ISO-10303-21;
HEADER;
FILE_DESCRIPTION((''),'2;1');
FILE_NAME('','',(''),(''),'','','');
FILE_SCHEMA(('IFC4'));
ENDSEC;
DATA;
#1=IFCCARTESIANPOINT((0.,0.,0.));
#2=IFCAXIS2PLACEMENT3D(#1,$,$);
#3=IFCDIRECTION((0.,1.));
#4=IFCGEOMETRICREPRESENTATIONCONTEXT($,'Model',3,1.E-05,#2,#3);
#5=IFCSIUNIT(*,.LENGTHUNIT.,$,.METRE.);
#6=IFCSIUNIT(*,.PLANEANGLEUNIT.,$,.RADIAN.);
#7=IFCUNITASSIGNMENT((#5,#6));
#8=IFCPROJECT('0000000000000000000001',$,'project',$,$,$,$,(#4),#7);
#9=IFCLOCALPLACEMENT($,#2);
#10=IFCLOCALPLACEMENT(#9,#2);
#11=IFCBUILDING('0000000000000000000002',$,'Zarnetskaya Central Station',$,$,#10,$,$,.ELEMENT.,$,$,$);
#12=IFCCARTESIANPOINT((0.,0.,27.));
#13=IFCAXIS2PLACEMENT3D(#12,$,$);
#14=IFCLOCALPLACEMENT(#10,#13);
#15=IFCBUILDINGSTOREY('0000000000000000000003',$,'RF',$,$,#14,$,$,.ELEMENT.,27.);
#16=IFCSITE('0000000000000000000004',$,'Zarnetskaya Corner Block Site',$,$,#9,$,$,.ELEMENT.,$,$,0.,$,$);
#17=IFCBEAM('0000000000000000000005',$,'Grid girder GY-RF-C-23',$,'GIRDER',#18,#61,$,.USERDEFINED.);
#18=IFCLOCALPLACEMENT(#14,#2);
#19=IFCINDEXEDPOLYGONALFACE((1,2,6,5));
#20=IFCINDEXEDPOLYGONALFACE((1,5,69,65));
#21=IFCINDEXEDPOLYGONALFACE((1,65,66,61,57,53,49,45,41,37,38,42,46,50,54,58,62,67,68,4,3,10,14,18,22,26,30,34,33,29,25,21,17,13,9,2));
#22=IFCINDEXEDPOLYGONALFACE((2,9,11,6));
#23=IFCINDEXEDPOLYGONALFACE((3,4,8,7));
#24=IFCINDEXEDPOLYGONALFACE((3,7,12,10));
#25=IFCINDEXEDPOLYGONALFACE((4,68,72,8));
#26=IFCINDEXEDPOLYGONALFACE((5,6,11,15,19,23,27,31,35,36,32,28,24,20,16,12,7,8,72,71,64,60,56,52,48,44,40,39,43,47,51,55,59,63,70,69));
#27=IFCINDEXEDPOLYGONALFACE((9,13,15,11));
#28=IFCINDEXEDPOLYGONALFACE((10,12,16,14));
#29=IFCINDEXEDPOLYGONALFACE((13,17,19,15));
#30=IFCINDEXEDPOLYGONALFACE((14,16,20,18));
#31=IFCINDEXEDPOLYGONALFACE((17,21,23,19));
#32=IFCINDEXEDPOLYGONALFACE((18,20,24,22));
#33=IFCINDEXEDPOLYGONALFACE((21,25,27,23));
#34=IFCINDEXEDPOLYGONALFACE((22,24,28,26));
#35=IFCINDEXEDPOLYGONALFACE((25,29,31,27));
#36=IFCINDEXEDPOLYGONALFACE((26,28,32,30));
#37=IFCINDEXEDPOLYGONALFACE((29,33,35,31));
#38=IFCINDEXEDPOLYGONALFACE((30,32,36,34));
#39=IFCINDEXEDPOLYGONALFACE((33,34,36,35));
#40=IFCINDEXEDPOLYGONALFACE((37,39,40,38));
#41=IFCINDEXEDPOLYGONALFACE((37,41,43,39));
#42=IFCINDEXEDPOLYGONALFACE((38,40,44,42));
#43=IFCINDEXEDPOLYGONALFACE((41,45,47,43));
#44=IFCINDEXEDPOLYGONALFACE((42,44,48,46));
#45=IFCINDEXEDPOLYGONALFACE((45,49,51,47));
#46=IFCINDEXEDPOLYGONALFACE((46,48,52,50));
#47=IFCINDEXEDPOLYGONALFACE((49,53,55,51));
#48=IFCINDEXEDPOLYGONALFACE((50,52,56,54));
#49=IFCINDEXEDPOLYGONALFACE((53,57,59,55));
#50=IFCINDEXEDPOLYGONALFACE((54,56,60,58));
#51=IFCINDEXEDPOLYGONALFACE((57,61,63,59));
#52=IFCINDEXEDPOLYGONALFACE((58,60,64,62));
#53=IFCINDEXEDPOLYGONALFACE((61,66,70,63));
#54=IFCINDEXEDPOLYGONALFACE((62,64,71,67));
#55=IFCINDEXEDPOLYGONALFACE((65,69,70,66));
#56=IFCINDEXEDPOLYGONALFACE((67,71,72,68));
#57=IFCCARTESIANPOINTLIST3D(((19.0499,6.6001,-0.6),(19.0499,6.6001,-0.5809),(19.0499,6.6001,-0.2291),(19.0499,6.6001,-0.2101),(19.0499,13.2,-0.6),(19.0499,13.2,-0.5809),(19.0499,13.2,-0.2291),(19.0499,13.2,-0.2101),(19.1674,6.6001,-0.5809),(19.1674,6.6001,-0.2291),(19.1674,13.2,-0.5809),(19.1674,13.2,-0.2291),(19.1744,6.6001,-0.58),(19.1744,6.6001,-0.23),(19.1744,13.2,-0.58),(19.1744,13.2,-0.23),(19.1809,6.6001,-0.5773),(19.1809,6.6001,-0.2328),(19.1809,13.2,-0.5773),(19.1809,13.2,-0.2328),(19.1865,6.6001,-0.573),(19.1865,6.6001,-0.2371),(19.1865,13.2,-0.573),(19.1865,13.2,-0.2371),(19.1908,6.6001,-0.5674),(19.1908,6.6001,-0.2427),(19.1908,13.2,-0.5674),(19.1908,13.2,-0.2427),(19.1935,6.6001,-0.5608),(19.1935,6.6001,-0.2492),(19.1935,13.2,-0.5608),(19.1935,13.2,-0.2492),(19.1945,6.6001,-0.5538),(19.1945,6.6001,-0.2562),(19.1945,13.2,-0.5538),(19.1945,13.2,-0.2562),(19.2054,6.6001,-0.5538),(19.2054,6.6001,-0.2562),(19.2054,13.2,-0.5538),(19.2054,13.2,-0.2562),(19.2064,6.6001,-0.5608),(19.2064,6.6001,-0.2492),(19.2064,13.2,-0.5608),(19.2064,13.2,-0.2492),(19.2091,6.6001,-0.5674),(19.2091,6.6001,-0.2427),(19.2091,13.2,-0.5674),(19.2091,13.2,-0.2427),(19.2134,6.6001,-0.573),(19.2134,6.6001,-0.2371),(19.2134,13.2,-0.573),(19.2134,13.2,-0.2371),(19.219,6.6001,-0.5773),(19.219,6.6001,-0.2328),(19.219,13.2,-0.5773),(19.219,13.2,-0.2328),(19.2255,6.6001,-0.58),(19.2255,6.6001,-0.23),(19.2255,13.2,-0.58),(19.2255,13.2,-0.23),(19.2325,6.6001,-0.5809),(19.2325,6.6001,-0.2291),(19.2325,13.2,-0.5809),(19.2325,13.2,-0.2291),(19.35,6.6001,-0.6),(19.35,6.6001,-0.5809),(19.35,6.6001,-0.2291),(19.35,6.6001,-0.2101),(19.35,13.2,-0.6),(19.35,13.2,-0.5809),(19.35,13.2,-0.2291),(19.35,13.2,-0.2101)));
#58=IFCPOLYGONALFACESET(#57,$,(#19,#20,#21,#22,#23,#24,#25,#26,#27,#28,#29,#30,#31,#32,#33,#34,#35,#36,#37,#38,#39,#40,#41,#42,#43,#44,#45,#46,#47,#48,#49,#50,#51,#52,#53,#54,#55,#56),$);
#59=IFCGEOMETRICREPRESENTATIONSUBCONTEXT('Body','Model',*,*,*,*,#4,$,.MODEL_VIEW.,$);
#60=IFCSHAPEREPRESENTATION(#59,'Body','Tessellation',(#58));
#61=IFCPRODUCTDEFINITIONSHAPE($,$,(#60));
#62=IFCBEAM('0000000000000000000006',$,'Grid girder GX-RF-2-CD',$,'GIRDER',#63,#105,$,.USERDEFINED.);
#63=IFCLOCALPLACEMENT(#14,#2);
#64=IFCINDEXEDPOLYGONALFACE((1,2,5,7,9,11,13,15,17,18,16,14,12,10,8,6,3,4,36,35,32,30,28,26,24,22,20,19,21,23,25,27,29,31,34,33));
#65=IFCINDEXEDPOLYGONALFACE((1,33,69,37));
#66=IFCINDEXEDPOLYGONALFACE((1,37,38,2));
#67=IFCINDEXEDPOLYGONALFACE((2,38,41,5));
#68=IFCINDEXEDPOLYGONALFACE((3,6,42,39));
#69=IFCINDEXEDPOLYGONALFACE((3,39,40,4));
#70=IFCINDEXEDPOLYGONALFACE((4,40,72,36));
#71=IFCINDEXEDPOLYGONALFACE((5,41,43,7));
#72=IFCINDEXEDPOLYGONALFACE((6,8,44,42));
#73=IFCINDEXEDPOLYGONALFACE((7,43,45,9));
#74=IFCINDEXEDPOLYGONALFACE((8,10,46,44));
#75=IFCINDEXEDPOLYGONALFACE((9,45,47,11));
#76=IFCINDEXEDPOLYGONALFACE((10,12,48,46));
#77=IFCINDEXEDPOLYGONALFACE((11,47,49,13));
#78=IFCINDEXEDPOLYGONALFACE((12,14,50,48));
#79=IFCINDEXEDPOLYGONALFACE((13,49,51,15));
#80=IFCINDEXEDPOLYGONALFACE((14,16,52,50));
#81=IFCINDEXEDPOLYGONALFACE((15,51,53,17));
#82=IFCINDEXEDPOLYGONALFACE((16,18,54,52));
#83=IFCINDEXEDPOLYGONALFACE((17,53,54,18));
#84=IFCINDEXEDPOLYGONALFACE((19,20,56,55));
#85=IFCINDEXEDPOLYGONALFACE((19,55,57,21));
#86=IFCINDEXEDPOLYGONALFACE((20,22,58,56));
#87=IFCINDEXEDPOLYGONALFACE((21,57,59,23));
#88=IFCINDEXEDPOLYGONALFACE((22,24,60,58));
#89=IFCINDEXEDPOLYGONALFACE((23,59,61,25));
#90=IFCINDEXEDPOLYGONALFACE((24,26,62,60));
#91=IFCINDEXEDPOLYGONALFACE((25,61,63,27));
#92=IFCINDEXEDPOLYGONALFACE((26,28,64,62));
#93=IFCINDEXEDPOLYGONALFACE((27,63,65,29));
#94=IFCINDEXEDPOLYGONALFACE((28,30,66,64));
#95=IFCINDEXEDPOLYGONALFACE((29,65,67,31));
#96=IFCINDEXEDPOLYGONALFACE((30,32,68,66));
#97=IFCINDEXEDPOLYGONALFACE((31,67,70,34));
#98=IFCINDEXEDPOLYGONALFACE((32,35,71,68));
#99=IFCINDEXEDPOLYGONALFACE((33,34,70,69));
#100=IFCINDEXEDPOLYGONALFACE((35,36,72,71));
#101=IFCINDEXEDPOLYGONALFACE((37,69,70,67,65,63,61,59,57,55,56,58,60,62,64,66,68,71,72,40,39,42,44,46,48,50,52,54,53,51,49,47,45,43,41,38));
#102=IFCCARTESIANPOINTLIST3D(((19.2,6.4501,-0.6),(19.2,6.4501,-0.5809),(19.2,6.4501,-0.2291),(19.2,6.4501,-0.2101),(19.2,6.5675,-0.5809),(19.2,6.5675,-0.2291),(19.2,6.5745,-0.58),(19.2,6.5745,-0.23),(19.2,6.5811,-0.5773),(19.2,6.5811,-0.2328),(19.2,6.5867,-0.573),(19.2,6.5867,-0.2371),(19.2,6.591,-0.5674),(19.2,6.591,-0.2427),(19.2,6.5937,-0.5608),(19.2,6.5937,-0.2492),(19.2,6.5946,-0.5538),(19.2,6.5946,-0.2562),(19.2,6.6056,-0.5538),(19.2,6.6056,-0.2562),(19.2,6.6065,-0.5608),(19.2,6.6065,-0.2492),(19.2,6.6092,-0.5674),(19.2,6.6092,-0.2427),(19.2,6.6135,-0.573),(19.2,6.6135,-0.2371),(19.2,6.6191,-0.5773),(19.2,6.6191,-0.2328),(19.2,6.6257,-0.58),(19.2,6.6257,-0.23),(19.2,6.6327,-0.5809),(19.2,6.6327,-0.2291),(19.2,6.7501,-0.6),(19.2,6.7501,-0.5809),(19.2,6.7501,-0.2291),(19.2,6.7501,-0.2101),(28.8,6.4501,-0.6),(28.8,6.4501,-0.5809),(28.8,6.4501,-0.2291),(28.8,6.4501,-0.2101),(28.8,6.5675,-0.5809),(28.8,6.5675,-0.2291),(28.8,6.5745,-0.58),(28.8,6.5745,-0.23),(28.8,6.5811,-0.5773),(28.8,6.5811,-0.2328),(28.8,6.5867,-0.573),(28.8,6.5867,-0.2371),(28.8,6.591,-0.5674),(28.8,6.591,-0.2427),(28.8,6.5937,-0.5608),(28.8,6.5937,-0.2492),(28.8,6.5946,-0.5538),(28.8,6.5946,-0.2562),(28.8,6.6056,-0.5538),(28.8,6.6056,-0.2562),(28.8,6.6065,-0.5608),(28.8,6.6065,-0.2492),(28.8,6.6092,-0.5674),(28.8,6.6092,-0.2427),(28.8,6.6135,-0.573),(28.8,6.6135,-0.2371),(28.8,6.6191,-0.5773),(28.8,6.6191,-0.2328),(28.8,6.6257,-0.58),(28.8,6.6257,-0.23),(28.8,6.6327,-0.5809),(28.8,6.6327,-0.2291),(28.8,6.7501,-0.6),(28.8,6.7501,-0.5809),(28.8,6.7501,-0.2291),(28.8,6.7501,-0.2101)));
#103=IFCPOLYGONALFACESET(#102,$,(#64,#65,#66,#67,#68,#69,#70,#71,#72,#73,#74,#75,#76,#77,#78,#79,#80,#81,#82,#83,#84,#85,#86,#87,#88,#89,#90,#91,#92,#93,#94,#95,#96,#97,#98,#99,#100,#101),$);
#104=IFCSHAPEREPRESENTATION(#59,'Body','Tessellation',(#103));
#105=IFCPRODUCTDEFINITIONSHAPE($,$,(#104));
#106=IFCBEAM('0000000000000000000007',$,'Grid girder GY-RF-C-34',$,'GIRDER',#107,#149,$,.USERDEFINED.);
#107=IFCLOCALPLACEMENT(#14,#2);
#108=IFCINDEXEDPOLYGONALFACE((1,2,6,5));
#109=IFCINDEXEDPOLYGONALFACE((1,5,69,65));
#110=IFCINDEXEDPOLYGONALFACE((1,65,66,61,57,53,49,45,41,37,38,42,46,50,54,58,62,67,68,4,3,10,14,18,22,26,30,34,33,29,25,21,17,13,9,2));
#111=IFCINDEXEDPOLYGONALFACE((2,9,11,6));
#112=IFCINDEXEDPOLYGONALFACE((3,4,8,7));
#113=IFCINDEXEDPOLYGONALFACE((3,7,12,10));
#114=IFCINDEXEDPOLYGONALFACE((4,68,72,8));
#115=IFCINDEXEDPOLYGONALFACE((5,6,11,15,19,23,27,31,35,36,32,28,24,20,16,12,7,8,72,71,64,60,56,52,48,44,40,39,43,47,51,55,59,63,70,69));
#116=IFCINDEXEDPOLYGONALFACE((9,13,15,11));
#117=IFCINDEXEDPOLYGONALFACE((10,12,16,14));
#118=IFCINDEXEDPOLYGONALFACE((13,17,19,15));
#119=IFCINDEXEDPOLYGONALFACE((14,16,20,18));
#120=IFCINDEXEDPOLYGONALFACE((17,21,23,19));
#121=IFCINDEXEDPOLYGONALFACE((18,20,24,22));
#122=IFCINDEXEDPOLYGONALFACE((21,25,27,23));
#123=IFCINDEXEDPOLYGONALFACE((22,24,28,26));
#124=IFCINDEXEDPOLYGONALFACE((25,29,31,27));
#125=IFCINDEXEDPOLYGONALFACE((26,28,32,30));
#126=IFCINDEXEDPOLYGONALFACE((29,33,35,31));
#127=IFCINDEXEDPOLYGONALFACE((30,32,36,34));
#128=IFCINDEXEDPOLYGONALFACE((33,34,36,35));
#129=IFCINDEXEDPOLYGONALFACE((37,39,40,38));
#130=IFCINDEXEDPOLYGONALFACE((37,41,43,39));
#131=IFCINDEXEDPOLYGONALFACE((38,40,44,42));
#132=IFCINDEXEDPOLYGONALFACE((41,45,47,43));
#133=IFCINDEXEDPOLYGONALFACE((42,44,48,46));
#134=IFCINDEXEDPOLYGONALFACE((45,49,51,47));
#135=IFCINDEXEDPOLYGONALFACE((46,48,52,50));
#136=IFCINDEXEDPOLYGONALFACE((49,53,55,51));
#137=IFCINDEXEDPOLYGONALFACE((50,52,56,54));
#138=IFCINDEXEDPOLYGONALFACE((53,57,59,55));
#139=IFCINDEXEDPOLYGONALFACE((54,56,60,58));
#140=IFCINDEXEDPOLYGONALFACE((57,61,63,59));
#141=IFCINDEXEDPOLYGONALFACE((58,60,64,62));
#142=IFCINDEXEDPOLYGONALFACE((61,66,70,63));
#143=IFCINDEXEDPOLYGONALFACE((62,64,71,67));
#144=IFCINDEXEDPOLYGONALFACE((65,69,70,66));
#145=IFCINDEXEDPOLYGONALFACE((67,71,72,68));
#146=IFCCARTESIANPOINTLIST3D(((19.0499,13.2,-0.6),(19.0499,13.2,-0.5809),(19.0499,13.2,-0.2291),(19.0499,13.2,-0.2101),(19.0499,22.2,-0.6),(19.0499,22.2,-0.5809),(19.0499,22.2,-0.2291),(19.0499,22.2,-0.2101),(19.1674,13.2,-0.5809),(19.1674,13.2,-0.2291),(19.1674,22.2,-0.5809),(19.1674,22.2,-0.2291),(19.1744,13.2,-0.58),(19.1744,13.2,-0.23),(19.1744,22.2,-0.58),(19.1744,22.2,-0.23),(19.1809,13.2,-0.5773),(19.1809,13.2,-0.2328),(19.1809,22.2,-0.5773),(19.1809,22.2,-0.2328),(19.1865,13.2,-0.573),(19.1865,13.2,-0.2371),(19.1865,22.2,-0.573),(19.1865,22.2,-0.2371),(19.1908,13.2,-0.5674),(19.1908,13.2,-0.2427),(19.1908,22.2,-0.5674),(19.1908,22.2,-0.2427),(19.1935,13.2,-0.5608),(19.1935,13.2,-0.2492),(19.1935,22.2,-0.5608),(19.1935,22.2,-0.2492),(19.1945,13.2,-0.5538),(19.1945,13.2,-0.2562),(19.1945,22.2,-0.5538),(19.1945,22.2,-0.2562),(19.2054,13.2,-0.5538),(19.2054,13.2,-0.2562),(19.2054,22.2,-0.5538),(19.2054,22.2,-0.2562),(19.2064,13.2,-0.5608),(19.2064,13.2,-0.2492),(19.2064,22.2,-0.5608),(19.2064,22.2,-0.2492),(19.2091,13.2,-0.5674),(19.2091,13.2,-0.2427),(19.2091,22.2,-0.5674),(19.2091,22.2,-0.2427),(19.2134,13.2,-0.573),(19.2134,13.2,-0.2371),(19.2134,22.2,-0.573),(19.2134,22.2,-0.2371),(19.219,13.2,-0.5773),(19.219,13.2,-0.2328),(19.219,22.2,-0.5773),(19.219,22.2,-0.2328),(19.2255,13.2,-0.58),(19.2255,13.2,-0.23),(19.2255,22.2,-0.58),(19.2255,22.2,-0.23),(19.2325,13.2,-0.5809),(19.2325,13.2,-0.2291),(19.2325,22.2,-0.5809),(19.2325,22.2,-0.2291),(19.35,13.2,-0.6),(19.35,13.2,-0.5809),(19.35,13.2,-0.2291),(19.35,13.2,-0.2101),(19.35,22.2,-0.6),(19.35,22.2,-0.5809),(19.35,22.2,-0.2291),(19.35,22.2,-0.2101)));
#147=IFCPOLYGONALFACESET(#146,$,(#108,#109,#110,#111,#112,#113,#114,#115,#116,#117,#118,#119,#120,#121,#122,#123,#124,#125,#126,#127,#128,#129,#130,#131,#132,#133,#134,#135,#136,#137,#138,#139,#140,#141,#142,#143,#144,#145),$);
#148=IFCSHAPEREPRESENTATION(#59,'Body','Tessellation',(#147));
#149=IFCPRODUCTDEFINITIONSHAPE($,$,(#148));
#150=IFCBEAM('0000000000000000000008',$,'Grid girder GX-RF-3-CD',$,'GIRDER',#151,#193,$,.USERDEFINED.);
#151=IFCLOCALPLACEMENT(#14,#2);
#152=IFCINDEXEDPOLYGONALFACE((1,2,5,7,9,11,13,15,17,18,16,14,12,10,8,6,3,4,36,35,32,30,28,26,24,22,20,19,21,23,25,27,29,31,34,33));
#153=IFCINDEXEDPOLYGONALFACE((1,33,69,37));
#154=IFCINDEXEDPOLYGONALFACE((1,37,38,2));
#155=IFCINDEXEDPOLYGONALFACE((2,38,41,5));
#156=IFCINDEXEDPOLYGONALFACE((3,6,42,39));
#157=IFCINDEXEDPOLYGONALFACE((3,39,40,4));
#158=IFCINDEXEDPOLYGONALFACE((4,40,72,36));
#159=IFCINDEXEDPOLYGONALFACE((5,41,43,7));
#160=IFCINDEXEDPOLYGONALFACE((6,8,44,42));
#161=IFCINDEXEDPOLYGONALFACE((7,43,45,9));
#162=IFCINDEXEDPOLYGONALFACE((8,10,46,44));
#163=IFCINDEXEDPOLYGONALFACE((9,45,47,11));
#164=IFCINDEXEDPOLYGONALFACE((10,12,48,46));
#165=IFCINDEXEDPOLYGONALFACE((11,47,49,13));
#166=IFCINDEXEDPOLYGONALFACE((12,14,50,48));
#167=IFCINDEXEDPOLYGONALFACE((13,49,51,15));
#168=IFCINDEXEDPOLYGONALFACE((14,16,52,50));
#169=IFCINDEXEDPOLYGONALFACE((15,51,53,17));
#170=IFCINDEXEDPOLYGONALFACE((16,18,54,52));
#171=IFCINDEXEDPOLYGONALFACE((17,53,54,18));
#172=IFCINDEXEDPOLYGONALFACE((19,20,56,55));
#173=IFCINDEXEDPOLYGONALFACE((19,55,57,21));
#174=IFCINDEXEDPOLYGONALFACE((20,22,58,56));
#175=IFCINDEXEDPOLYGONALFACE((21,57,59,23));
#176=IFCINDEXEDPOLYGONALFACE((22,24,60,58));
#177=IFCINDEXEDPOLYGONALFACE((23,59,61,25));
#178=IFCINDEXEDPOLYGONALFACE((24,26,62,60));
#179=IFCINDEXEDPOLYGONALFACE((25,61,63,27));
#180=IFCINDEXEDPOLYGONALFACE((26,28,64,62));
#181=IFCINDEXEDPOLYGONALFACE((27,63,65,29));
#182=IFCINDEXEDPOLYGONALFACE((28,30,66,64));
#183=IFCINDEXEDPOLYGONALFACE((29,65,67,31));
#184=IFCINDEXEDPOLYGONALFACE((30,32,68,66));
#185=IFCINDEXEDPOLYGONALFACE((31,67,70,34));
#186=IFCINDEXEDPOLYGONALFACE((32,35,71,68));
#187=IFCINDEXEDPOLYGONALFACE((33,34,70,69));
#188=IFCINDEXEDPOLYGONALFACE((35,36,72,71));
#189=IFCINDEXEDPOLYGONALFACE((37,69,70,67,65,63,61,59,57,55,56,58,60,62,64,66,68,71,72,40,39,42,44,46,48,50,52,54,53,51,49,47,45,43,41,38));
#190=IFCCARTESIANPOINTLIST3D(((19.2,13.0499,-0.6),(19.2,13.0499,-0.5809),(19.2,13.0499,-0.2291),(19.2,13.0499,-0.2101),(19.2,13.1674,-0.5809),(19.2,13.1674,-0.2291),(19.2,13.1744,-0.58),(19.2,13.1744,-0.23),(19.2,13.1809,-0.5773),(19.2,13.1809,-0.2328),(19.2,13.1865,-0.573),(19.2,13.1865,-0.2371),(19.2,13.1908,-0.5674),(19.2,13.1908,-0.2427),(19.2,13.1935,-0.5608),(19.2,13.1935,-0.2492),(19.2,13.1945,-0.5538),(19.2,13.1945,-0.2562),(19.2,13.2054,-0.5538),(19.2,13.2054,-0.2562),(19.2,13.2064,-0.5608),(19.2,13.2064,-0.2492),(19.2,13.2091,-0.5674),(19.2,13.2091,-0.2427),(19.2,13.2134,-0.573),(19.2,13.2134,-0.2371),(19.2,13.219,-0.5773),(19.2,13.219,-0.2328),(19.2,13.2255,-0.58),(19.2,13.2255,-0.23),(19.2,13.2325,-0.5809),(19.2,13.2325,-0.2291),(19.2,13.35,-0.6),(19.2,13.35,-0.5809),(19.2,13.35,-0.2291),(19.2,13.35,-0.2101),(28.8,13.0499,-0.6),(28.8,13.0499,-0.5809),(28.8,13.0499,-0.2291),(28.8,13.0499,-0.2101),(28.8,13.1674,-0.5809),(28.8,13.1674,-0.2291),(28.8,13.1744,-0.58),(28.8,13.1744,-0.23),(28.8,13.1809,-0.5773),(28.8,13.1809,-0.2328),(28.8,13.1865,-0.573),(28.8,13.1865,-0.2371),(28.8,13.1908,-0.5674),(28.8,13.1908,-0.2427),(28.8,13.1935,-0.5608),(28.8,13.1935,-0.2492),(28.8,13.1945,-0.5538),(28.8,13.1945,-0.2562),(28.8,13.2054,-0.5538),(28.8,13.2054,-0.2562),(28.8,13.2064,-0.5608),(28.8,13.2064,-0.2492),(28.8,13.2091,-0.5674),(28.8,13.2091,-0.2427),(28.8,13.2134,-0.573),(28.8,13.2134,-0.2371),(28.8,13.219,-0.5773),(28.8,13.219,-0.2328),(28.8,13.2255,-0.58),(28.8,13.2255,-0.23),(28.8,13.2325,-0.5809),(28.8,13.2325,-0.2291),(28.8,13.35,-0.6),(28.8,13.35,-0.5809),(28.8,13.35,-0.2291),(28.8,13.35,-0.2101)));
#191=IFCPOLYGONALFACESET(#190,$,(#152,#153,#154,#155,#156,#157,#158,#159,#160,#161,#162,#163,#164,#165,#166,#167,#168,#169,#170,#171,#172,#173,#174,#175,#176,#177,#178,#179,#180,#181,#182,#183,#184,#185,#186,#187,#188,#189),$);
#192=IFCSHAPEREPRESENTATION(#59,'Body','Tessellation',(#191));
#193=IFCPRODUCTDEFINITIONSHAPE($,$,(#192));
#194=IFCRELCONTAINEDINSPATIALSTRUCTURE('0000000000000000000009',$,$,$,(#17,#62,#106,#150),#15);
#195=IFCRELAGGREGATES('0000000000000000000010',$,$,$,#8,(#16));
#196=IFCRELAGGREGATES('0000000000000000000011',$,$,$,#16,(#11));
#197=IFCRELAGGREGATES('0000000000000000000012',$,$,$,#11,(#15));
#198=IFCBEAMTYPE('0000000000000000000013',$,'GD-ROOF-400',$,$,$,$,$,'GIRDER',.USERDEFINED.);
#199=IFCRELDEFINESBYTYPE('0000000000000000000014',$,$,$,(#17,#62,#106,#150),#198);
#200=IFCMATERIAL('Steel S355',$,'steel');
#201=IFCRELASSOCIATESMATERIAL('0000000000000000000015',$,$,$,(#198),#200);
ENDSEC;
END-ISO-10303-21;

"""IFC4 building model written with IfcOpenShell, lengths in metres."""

from ifc_helpers import new_model, si_unit, direction, frame, origin, origin_2d, place, context, subcontext, project, spatial, i_section, extrude, material, material_profile, profile_set, type_object, element, save


model = new_model("IFC4")

# Units and contexts
model_context = context("Model", 3, precision=1e-05, world=origin(), true_north=direction((0.0, 1.0)))
body_context = subcontext(model_context, "Body", "Model", "MODEL_VIEW")
ifc_project = project(units=[si_unit("LENGTHUNIT", "METRE"), si_unit("PLANEANGLEUNIT", "RADIAN")], contexts=[model_context])

# Site, building, storey
site_placement = place(None, origin())
site = spatial("IfcSite", under=ifc_project, at=site_placement, Name="Zarnetskaya Corner Block Site", CompositionType="ELEMENT", RefElevation=0.0)
building_placement = place(site_placement, origin())
building = spatial("IfcBuilding", under=site, at=building_placement, Name="Zarnetskaya Central Station", CompositionType="ELEMENT")
storey_placement = place(building_placement, frame((0.0, 0.0, 27.0)))
storey = spatial("IfcBuildingStorey", under=building, at=storey_placement, Name="RF", CompositionType="ELEMENT", Elevation=27.0)

# Beams
ifc_material = material(Name="Steel S355", Category="steel")
ifc_material_profile_1 = material_profile(ifc_material, i_section(OverallWidth=0.3, OverallDepth=0.3899, WebThickness=0.011, FlangeThickness=0.019, FilletRadius=0.0271, at=origin_2d()), Name="HEA 400")
ifc_profile_set_1 = profile_set([ifc_material_profile_1], Name="Steel S355")
beam_type_1 = type_object("IfcBeamType", Name="GD-ROOF-400", ElementType="GIRDER", PredefinedType="USERDEFINED", material=ifc_profile_set_1)
beam_1_placement = place(storey_placement, frame((19.2, 6.6001, -0.405), z_axis=(0.0, 1.0, 0.0), x_axis=(-1.0, 0.0, 0.0)))
element("IfcBeam", 1, at=beam_1_placement, inside=storey, type_object=beam_type_1, Name="Grid girder GY-RF-C-23", ObjectType="GIRDER", PredefinedType="USERDEFINED", context=body_context, shape_type="SweptSolid", body=[
    extrude(i_section(OverallWidth=0.3, OverallDepth=0.3899, WebThickness=0.011, FlangeThickness=0.019, FilletRadius=0.0271, at=origin_2d()), origin(), (0.0, 0.0, 1.0), 6.5999),
])
beam_2_placement = place(storey_placement, frame((19.2, 6.6001, -0.405), z_axis=(1.0, 0.0, 0.0), x_axis=(0.0, 1.0, 0.0)))
element("IfcBeam", 2, at=beam_2_placement, inside=storey, type_object=beam_type_1, Name="Grid girder GX-RF-2-CD", ObjectType="GIRDER", PredefinedType="USERDEFINED", context=body_context, shape_type="SweptSolid", body=[
    extrude(i_section(OverallWidth=0.3, OverallDepth=0.3899, WebThickness=0.011, FlangeThickness=0.019, FilletRadius=0.0271, at=origin_2d()), origin(), (0.0, 0.0, 1.0), 9.6001),
])
beam_3_placement = place(storey_placement, frame((19.2, 13.2, -0.405), z_axis=(0.0, 1.0, 0.0), x_axis=(-1.0, 0.0, 0.0)))
element("IfcBeam", 3, at=beam_3_placement, inside=storey, type_object=beam_type_1, Name="Grid girder GY-RF-C-34", ObjectType="GIRDER", PredefinedType="USERDEFINED", context=body_context, shape_type="SweptSolid", body=[
    extrude(i_section(OverallWidth=0.3, OverallDepth=0.3899, WebThickness=0.011, FlangeThickness=0.019, FilletRadius=0.0271, at=origin_2d()), origin(), (0.0, 0.0, 1.0), 9.0),
])
beam_4_placement = place(storey_placement, frame((19.2, 13.2, -0.405), z_axis=(1.0, 0.0, 0.0), x_axis=(0.0, 1.0, 0.0)))
element("IfcBeam", 4, at=beam_4_placement, inside=storey, type_object=beam_type_1, Name="Grid girder GX-RF-3-CD", ObjectType="GIRDER", PredefinedType="USERDEFINED", context=body_context, shape_type="SweptSolid", body=[
    extrude(i_section(OverallWidth=0.3, OverallDepth=0.3899, WebThickness=0.011, FlangeThickness=0.019, FilletRadius=0.0271, at=origin_2d()), origin(), (0.0, 0.0, 1.0), 9.6001),
])

save(model, "model.ifc")
